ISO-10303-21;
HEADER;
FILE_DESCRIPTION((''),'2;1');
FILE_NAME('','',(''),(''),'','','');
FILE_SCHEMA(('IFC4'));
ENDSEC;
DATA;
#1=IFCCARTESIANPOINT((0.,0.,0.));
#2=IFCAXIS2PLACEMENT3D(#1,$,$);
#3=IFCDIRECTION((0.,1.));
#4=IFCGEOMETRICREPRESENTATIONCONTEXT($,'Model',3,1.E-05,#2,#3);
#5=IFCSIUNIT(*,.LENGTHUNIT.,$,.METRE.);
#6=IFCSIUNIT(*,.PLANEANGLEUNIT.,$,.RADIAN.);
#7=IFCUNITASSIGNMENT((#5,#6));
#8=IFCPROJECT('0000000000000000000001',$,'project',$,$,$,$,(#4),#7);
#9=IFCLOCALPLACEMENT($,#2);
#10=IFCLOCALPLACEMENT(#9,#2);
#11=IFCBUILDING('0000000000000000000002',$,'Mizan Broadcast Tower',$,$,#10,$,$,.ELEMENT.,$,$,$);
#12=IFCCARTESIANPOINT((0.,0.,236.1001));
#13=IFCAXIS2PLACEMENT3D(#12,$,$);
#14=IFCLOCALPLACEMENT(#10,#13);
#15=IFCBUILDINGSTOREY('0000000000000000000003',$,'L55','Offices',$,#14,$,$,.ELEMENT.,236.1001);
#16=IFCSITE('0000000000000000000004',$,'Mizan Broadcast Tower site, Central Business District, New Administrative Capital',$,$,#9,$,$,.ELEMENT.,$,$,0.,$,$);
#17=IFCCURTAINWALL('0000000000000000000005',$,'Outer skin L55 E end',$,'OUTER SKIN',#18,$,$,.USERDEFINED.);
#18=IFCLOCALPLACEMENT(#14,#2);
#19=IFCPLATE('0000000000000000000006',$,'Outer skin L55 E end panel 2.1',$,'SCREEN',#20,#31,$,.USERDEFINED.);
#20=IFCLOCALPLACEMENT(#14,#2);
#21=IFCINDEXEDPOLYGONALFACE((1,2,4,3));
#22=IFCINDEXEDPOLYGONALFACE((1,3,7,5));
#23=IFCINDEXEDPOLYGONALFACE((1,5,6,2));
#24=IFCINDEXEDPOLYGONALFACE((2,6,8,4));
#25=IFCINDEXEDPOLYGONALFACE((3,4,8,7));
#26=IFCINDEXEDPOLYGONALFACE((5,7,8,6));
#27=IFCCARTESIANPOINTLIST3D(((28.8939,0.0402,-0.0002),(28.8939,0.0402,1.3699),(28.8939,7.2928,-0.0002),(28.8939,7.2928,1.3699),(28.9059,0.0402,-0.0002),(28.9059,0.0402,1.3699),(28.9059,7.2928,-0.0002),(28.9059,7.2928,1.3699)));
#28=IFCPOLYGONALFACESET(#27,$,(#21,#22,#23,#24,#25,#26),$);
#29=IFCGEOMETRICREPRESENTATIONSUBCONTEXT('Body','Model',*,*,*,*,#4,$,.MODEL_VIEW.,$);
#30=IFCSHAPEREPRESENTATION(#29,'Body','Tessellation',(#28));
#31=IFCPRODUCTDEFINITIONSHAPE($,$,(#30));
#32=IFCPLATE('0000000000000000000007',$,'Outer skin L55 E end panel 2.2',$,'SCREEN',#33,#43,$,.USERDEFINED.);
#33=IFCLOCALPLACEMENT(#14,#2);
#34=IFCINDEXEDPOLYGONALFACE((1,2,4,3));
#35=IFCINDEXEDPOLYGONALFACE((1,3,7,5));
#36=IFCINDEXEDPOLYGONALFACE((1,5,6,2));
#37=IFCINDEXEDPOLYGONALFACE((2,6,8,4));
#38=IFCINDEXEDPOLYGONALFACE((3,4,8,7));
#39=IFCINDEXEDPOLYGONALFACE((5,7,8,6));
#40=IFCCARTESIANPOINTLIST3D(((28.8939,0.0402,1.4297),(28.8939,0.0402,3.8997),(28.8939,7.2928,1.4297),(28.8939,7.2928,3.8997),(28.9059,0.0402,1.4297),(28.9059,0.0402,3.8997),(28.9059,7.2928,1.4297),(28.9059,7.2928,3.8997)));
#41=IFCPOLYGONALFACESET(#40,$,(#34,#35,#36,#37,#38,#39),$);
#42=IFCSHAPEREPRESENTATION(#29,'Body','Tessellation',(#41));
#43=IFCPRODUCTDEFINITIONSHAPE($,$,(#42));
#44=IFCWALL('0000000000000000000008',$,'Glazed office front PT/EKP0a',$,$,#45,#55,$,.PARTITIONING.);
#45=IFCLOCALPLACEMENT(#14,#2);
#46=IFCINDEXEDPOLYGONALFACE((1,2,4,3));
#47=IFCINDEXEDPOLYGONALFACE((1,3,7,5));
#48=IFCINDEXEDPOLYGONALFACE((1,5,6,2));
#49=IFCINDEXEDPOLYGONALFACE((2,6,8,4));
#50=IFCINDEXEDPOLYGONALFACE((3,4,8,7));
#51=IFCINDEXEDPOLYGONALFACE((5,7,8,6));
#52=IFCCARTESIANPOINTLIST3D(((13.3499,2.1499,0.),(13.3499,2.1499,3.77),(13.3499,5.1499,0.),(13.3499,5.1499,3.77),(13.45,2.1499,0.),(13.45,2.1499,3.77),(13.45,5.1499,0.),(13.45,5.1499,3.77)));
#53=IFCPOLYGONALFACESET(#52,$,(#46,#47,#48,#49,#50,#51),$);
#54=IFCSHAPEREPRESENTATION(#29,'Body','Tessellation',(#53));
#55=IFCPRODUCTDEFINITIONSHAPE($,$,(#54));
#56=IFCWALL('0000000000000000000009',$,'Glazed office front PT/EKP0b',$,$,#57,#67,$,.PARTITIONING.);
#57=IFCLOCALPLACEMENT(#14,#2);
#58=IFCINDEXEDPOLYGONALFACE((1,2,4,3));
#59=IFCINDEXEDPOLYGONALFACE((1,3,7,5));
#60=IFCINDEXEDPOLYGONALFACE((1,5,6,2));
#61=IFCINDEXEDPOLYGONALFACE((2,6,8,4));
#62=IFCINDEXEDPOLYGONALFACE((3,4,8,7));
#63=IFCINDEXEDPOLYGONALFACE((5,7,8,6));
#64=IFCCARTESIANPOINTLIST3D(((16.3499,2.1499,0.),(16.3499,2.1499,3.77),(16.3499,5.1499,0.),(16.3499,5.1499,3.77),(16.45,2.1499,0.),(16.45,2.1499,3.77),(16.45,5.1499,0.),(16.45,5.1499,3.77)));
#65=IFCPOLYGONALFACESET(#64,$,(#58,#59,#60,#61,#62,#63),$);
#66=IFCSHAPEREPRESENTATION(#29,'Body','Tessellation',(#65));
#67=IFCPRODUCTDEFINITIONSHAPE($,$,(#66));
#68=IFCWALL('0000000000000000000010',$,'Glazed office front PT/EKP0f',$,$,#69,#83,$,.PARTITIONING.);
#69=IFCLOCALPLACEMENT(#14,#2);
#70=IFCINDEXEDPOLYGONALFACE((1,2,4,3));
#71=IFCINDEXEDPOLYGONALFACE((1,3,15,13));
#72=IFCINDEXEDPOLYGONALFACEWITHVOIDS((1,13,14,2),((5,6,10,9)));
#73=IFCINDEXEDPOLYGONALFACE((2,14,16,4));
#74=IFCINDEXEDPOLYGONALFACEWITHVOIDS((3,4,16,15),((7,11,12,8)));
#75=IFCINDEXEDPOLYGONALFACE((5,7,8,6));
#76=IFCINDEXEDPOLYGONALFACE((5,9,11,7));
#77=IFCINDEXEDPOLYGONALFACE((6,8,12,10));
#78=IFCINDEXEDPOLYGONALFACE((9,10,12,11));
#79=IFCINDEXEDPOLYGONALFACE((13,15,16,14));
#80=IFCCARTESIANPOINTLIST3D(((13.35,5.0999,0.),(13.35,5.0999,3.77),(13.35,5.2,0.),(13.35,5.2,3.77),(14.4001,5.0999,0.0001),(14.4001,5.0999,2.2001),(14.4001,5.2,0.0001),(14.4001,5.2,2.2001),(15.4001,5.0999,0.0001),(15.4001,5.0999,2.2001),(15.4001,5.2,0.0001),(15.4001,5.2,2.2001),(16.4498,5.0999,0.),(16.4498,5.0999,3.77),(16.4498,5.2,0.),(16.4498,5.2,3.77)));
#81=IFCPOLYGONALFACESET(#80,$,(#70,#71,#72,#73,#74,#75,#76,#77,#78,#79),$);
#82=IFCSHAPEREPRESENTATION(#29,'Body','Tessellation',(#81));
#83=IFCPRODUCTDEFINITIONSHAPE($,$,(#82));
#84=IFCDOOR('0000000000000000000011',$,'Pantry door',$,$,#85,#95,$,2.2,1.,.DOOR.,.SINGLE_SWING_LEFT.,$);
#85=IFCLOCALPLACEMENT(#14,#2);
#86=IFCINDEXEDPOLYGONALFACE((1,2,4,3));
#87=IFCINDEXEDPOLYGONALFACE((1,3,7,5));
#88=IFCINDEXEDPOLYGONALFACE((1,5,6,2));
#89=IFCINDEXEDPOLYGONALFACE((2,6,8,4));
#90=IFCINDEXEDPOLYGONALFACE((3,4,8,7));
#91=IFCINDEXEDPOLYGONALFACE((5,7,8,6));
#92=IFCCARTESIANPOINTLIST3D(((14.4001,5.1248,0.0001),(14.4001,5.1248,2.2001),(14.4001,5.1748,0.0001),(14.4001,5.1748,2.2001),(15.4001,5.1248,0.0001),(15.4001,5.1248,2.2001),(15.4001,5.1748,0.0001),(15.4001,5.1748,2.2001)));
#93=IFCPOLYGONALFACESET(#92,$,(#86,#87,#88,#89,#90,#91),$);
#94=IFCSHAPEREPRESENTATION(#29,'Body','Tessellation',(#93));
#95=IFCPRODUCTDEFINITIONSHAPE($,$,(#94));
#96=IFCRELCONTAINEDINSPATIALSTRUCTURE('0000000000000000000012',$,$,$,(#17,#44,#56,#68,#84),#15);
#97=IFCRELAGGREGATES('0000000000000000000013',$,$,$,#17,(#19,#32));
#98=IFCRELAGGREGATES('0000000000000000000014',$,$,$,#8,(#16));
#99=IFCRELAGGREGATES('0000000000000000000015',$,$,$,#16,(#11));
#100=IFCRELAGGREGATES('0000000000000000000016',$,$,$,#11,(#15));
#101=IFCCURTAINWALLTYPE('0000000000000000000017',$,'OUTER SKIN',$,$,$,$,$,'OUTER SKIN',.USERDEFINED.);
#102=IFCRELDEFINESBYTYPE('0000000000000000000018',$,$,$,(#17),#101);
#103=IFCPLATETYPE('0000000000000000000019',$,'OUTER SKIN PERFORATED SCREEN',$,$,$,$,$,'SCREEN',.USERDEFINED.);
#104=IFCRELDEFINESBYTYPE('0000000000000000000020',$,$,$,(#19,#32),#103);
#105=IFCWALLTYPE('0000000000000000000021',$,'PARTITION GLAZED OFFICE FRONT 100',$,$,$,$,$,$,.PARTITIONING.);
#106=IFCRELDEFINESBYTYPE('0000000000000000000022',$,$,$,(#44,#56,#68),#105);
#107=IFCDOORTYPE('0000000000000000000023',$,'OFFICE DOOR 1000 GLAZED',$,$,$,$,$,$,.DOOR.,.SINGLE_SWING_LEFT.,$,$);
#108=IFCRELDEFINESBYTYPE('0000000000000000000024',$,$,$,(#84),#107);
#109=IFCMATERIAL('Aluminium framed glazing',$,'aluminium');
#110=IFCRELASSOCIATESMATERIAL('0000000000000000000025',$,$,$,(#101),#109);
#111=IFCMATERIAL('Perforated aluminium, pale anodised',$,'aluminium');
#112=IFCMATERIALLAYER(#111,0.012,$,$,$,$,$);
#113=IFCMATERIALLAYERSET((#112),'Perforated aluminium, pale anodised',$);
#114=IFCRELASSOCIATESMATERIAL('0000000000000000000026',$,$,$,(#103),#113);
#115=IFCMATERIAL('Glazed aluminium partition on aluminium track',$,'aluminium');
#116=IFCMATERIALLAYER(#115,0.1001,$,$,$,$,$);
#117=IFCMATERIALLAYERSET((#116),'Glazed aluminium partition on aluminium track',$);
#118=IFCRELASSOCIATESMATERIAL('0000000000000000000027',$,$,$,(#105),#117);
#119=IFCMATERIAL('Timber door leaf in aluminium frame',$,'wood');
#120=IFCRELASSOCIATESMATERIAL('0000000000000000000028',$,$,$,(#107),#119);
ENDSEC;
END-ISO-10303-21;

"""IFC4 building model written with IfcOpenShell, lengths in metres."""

from ifc_helpers import new_model, si_unit, direction, frame, frame_2d, origin, origin_2d, place, context, subcontext, project, spatial, rectangle, extrude, material, layer, layer_set, type_object, element, fill, aggregate, save


model = new_model("IFC4")

# Units and contexts
model_context = context("Model", 3, precision=1e-05, world=origin(), true_north=direction((0.0, 1.0)))
body_context = subcontext(model_context, "Body", "Model", "MODEL_VIEW")
ifc_project = project(units=[si_unit("LENGTHUNIT", "METRE"), si_unit("PLANEANGLEUNIT", "RADIAN")], contexts=[model_context])

# Site, building, storey
site_placement = place(None, origin())
site = spatial("IfcSite", under=ifc_project, at=site_placement, Name="Mizan Broadcast Tower site, Central Business District, New Administrative Capital", CompositionType="ELEMENT", RefElevation=0.0)
building_placement = place(site_placement, origin())
building = spatial("IfcBuilding", under=site, at=building_placement, Name="Mizan Broadcast Tower", CompositionType="ELEMENT")
storey_placement = place(building_placement, frame((0.0, 0.0, 236.1001)))
storey = spatial("IfcBuildingStorey", under=building, at=storey_placement, Name="L55", Description="Offices", CompositionType="ELEMENT", Elevation=236.1001)

# Curtain wall
ifc_material_1 = material(Name="Aluminium framed glazing", Category="aluminium")
curtain_wall_type_1 = type_object("IfcCurtainWallType", Name="OUTER SKIN", ElementType="OUTER SKIN", PredefinedType="USERDEFINED", material=ifc_material_1)
curtain_wall_1_placement = place(storey_placement, origin())
curtain_wall_1 = element("IfcCurtainWall", 1, at=curtain_wall_1_placement, inside=storey, type_object=curtain_wall_type_1, Name="Outer skin L55 E end", ObjectType="OUTER SKIN", PredefinedType="USERDEFINED")

# Plates
ifc_material_2 = material(Name="Perforated aluminium, pale anodised", Category="aluminium")
ifc_layer_1 = layer(ifc_material_2, 0.012)
ifc_layer_set_1 = layer_set([ifc_layer_1], Name="Perforated aluminium, pale anodised")
plate_type_1 = type_object("IfcPlateType", Name="OUTER SKIN PERFORATED SCREEN", ElementType="SCREEN", PredefinedType="USERDEFINED", material=ifc_layer_set_1)
plate_1_placement = place(storey_placement, frame((28.8999, 3.6665, -0.0002), z_axis=(0.0, 0.0, 1.0), x_axis=(0.0, 1.0, 0.0)))
plate_1 = element("IfcPlate", 2, at=plate_1_placement, type_object=plate_type_1, Name="Outer skin L55 E end panel 2.1", ObjectType="SCREEN", PredefinedType="USERDEFINED", context=body_context, shape_type="SweptSolid", body=[
    extrude(rectangle(XDim=7.2527, YDim=0.012, at=origin_2d()), origin(), (0.0, 0.0, 1.0), 1.3701),
])
plate_2_placement = place(storey_placement, frame((28.8999, 3.6665, 1.4297), z_axis=(0.0, 0.0, 1.0), x_axis=(0.0, 1.0, 0.0)))
plate_2 = element("IfcPlate", 3, at=plate_2_placement, type_object=plate_type_1, Name="Outer skin L55 E end panel 2.2", ObjectType="SCREEN", PredefinedType="USERDEFINED", context=body_context, shape_type="SweptSolid", body=[
    extrude(rectangle(XDim=7.2527, YDim=0.012, at=origin_2d()), origin(), (0.0, 0.0, 1.0), 2.47),
])
aggregate(curtain_wall_1, [plate_1, plate_2])

# Walls
ifc_material_3 = material(Name="Glazed aluminium partition on aluminium track", Category="aluminium")
ifc_layer_2 = layer(ifc_material_3, 0.1001)
ifc_layer_set_2 = layer_set([ifc_layer_2], Name="Glazed aluminium partition on aluminium track")
wall_type = type_object("IfcWallType", Name="PARTITION GLAZED OFFICE FRONT 100", PredefinedType="PARTITIONING", material=ifc_layer_set_2)
for number, where, z_axis, x_axis, name in (
    (4, (13.3999, 2.1499, 0.0), (0.0, 0.0, 1.0), (0.0, 1.0, 0.0), "Glazed office front PT/EKP0a"),
    (5, (16.3999, 2.1499, 0.0), (0.0, 0.0, 1.0), (0.0, 1.0, 0.0), "Glazed office front PT/EKP0b"),
):
    element("IfcWall", number, at=place(storey_placement, frame(where, z_axis=z_axis, x_axis=x_axis)), inside=storey, type_object=wall_type, Name=name, PredefinedType="PARTITIONING", context=body_context, shape_type="SweptSolid", body=[
        extrude(rectangle(XDim=3.0, YDim=0.1001, at=frame_2d((1.5, 0.0))), origin(), (0.0, 0.0, 1.0), 3.77),
    ])

# Wall, opening, door
wall_placement = place(storey_placement, frame((13.3501, 5.1499, 0.0), z_axis=(0.0, 0.0, 1.0), x_axis=(1.0, 0.0, 0.0)))
wall = element("IfcWall", 6, at=wall_placement, inside=storey, type_object=wall_type, Name="Glazed office front PT/EKP0f", PredefinedType="PARTITIONING", context=body_context, shape_type="SweptSolid", body=[
    extrude(rectangle(XDim=3.0999, YDim=0.1001, at=frame_2d((1.5498, 0.0))), origin(), (0.0, 0.0, 1.0), 3.77),
])
opening_placement = place(wall_placement, frame((1.05, 0.0, 0.0)))
opening = element("IfcOpeningElement", 7, at=opening_placement, cuts=wall, PredefinedType="OPENING", context=body_context, shape_type="SweptSolid", body=[
    extrude(rectangle(XDim=1.0, YDim=2.2, at=frame_2d((0.5, 1.1001))), frame((0.0, 0.0601, 0.0), z_axis=(0.0, -1.0, 0.0), x_axis=(1.0, 0.0, 0.0)), (0.0, 0.0, 1.0), 0.1201),
])
ifc_material_4 = material(Name="Timber door leaf in aluminium frame", Category="wood")
door_type = type_object("IfcDoorType", Name="OFFICE DOOR 1000 GLAZED", OperationType="SINGLE_SWING_LEFT", PredefinedType="DOOR", material=ifc_material_4)
door_placement = place(opening_placement, origin())
door = element("IfcDoor", 8, at=door_placement, inside=storey, type_object=door_type, Name="Pantry door", OperationType="SINGLE_SWING_LEFT", OverallHeight=2.2, OverallWidth=1.0, PredefinedType="DOOR", context=body_context, shape_type="SweptSolid", body=[
    extrude(rectangle(XDim=1.0, YDim=2.2, at=frame_2d((0.5, 1.1001))), frame((0.0, 0.0249, 0.0), z_axis=(0.0, -1.0, 0.0), x_axis=(1.0, 0.0, 0.0)), (0.0, 0.0, 1.0), 0.05),
])
fill(opening, door)

save(model, "model.ifc")
